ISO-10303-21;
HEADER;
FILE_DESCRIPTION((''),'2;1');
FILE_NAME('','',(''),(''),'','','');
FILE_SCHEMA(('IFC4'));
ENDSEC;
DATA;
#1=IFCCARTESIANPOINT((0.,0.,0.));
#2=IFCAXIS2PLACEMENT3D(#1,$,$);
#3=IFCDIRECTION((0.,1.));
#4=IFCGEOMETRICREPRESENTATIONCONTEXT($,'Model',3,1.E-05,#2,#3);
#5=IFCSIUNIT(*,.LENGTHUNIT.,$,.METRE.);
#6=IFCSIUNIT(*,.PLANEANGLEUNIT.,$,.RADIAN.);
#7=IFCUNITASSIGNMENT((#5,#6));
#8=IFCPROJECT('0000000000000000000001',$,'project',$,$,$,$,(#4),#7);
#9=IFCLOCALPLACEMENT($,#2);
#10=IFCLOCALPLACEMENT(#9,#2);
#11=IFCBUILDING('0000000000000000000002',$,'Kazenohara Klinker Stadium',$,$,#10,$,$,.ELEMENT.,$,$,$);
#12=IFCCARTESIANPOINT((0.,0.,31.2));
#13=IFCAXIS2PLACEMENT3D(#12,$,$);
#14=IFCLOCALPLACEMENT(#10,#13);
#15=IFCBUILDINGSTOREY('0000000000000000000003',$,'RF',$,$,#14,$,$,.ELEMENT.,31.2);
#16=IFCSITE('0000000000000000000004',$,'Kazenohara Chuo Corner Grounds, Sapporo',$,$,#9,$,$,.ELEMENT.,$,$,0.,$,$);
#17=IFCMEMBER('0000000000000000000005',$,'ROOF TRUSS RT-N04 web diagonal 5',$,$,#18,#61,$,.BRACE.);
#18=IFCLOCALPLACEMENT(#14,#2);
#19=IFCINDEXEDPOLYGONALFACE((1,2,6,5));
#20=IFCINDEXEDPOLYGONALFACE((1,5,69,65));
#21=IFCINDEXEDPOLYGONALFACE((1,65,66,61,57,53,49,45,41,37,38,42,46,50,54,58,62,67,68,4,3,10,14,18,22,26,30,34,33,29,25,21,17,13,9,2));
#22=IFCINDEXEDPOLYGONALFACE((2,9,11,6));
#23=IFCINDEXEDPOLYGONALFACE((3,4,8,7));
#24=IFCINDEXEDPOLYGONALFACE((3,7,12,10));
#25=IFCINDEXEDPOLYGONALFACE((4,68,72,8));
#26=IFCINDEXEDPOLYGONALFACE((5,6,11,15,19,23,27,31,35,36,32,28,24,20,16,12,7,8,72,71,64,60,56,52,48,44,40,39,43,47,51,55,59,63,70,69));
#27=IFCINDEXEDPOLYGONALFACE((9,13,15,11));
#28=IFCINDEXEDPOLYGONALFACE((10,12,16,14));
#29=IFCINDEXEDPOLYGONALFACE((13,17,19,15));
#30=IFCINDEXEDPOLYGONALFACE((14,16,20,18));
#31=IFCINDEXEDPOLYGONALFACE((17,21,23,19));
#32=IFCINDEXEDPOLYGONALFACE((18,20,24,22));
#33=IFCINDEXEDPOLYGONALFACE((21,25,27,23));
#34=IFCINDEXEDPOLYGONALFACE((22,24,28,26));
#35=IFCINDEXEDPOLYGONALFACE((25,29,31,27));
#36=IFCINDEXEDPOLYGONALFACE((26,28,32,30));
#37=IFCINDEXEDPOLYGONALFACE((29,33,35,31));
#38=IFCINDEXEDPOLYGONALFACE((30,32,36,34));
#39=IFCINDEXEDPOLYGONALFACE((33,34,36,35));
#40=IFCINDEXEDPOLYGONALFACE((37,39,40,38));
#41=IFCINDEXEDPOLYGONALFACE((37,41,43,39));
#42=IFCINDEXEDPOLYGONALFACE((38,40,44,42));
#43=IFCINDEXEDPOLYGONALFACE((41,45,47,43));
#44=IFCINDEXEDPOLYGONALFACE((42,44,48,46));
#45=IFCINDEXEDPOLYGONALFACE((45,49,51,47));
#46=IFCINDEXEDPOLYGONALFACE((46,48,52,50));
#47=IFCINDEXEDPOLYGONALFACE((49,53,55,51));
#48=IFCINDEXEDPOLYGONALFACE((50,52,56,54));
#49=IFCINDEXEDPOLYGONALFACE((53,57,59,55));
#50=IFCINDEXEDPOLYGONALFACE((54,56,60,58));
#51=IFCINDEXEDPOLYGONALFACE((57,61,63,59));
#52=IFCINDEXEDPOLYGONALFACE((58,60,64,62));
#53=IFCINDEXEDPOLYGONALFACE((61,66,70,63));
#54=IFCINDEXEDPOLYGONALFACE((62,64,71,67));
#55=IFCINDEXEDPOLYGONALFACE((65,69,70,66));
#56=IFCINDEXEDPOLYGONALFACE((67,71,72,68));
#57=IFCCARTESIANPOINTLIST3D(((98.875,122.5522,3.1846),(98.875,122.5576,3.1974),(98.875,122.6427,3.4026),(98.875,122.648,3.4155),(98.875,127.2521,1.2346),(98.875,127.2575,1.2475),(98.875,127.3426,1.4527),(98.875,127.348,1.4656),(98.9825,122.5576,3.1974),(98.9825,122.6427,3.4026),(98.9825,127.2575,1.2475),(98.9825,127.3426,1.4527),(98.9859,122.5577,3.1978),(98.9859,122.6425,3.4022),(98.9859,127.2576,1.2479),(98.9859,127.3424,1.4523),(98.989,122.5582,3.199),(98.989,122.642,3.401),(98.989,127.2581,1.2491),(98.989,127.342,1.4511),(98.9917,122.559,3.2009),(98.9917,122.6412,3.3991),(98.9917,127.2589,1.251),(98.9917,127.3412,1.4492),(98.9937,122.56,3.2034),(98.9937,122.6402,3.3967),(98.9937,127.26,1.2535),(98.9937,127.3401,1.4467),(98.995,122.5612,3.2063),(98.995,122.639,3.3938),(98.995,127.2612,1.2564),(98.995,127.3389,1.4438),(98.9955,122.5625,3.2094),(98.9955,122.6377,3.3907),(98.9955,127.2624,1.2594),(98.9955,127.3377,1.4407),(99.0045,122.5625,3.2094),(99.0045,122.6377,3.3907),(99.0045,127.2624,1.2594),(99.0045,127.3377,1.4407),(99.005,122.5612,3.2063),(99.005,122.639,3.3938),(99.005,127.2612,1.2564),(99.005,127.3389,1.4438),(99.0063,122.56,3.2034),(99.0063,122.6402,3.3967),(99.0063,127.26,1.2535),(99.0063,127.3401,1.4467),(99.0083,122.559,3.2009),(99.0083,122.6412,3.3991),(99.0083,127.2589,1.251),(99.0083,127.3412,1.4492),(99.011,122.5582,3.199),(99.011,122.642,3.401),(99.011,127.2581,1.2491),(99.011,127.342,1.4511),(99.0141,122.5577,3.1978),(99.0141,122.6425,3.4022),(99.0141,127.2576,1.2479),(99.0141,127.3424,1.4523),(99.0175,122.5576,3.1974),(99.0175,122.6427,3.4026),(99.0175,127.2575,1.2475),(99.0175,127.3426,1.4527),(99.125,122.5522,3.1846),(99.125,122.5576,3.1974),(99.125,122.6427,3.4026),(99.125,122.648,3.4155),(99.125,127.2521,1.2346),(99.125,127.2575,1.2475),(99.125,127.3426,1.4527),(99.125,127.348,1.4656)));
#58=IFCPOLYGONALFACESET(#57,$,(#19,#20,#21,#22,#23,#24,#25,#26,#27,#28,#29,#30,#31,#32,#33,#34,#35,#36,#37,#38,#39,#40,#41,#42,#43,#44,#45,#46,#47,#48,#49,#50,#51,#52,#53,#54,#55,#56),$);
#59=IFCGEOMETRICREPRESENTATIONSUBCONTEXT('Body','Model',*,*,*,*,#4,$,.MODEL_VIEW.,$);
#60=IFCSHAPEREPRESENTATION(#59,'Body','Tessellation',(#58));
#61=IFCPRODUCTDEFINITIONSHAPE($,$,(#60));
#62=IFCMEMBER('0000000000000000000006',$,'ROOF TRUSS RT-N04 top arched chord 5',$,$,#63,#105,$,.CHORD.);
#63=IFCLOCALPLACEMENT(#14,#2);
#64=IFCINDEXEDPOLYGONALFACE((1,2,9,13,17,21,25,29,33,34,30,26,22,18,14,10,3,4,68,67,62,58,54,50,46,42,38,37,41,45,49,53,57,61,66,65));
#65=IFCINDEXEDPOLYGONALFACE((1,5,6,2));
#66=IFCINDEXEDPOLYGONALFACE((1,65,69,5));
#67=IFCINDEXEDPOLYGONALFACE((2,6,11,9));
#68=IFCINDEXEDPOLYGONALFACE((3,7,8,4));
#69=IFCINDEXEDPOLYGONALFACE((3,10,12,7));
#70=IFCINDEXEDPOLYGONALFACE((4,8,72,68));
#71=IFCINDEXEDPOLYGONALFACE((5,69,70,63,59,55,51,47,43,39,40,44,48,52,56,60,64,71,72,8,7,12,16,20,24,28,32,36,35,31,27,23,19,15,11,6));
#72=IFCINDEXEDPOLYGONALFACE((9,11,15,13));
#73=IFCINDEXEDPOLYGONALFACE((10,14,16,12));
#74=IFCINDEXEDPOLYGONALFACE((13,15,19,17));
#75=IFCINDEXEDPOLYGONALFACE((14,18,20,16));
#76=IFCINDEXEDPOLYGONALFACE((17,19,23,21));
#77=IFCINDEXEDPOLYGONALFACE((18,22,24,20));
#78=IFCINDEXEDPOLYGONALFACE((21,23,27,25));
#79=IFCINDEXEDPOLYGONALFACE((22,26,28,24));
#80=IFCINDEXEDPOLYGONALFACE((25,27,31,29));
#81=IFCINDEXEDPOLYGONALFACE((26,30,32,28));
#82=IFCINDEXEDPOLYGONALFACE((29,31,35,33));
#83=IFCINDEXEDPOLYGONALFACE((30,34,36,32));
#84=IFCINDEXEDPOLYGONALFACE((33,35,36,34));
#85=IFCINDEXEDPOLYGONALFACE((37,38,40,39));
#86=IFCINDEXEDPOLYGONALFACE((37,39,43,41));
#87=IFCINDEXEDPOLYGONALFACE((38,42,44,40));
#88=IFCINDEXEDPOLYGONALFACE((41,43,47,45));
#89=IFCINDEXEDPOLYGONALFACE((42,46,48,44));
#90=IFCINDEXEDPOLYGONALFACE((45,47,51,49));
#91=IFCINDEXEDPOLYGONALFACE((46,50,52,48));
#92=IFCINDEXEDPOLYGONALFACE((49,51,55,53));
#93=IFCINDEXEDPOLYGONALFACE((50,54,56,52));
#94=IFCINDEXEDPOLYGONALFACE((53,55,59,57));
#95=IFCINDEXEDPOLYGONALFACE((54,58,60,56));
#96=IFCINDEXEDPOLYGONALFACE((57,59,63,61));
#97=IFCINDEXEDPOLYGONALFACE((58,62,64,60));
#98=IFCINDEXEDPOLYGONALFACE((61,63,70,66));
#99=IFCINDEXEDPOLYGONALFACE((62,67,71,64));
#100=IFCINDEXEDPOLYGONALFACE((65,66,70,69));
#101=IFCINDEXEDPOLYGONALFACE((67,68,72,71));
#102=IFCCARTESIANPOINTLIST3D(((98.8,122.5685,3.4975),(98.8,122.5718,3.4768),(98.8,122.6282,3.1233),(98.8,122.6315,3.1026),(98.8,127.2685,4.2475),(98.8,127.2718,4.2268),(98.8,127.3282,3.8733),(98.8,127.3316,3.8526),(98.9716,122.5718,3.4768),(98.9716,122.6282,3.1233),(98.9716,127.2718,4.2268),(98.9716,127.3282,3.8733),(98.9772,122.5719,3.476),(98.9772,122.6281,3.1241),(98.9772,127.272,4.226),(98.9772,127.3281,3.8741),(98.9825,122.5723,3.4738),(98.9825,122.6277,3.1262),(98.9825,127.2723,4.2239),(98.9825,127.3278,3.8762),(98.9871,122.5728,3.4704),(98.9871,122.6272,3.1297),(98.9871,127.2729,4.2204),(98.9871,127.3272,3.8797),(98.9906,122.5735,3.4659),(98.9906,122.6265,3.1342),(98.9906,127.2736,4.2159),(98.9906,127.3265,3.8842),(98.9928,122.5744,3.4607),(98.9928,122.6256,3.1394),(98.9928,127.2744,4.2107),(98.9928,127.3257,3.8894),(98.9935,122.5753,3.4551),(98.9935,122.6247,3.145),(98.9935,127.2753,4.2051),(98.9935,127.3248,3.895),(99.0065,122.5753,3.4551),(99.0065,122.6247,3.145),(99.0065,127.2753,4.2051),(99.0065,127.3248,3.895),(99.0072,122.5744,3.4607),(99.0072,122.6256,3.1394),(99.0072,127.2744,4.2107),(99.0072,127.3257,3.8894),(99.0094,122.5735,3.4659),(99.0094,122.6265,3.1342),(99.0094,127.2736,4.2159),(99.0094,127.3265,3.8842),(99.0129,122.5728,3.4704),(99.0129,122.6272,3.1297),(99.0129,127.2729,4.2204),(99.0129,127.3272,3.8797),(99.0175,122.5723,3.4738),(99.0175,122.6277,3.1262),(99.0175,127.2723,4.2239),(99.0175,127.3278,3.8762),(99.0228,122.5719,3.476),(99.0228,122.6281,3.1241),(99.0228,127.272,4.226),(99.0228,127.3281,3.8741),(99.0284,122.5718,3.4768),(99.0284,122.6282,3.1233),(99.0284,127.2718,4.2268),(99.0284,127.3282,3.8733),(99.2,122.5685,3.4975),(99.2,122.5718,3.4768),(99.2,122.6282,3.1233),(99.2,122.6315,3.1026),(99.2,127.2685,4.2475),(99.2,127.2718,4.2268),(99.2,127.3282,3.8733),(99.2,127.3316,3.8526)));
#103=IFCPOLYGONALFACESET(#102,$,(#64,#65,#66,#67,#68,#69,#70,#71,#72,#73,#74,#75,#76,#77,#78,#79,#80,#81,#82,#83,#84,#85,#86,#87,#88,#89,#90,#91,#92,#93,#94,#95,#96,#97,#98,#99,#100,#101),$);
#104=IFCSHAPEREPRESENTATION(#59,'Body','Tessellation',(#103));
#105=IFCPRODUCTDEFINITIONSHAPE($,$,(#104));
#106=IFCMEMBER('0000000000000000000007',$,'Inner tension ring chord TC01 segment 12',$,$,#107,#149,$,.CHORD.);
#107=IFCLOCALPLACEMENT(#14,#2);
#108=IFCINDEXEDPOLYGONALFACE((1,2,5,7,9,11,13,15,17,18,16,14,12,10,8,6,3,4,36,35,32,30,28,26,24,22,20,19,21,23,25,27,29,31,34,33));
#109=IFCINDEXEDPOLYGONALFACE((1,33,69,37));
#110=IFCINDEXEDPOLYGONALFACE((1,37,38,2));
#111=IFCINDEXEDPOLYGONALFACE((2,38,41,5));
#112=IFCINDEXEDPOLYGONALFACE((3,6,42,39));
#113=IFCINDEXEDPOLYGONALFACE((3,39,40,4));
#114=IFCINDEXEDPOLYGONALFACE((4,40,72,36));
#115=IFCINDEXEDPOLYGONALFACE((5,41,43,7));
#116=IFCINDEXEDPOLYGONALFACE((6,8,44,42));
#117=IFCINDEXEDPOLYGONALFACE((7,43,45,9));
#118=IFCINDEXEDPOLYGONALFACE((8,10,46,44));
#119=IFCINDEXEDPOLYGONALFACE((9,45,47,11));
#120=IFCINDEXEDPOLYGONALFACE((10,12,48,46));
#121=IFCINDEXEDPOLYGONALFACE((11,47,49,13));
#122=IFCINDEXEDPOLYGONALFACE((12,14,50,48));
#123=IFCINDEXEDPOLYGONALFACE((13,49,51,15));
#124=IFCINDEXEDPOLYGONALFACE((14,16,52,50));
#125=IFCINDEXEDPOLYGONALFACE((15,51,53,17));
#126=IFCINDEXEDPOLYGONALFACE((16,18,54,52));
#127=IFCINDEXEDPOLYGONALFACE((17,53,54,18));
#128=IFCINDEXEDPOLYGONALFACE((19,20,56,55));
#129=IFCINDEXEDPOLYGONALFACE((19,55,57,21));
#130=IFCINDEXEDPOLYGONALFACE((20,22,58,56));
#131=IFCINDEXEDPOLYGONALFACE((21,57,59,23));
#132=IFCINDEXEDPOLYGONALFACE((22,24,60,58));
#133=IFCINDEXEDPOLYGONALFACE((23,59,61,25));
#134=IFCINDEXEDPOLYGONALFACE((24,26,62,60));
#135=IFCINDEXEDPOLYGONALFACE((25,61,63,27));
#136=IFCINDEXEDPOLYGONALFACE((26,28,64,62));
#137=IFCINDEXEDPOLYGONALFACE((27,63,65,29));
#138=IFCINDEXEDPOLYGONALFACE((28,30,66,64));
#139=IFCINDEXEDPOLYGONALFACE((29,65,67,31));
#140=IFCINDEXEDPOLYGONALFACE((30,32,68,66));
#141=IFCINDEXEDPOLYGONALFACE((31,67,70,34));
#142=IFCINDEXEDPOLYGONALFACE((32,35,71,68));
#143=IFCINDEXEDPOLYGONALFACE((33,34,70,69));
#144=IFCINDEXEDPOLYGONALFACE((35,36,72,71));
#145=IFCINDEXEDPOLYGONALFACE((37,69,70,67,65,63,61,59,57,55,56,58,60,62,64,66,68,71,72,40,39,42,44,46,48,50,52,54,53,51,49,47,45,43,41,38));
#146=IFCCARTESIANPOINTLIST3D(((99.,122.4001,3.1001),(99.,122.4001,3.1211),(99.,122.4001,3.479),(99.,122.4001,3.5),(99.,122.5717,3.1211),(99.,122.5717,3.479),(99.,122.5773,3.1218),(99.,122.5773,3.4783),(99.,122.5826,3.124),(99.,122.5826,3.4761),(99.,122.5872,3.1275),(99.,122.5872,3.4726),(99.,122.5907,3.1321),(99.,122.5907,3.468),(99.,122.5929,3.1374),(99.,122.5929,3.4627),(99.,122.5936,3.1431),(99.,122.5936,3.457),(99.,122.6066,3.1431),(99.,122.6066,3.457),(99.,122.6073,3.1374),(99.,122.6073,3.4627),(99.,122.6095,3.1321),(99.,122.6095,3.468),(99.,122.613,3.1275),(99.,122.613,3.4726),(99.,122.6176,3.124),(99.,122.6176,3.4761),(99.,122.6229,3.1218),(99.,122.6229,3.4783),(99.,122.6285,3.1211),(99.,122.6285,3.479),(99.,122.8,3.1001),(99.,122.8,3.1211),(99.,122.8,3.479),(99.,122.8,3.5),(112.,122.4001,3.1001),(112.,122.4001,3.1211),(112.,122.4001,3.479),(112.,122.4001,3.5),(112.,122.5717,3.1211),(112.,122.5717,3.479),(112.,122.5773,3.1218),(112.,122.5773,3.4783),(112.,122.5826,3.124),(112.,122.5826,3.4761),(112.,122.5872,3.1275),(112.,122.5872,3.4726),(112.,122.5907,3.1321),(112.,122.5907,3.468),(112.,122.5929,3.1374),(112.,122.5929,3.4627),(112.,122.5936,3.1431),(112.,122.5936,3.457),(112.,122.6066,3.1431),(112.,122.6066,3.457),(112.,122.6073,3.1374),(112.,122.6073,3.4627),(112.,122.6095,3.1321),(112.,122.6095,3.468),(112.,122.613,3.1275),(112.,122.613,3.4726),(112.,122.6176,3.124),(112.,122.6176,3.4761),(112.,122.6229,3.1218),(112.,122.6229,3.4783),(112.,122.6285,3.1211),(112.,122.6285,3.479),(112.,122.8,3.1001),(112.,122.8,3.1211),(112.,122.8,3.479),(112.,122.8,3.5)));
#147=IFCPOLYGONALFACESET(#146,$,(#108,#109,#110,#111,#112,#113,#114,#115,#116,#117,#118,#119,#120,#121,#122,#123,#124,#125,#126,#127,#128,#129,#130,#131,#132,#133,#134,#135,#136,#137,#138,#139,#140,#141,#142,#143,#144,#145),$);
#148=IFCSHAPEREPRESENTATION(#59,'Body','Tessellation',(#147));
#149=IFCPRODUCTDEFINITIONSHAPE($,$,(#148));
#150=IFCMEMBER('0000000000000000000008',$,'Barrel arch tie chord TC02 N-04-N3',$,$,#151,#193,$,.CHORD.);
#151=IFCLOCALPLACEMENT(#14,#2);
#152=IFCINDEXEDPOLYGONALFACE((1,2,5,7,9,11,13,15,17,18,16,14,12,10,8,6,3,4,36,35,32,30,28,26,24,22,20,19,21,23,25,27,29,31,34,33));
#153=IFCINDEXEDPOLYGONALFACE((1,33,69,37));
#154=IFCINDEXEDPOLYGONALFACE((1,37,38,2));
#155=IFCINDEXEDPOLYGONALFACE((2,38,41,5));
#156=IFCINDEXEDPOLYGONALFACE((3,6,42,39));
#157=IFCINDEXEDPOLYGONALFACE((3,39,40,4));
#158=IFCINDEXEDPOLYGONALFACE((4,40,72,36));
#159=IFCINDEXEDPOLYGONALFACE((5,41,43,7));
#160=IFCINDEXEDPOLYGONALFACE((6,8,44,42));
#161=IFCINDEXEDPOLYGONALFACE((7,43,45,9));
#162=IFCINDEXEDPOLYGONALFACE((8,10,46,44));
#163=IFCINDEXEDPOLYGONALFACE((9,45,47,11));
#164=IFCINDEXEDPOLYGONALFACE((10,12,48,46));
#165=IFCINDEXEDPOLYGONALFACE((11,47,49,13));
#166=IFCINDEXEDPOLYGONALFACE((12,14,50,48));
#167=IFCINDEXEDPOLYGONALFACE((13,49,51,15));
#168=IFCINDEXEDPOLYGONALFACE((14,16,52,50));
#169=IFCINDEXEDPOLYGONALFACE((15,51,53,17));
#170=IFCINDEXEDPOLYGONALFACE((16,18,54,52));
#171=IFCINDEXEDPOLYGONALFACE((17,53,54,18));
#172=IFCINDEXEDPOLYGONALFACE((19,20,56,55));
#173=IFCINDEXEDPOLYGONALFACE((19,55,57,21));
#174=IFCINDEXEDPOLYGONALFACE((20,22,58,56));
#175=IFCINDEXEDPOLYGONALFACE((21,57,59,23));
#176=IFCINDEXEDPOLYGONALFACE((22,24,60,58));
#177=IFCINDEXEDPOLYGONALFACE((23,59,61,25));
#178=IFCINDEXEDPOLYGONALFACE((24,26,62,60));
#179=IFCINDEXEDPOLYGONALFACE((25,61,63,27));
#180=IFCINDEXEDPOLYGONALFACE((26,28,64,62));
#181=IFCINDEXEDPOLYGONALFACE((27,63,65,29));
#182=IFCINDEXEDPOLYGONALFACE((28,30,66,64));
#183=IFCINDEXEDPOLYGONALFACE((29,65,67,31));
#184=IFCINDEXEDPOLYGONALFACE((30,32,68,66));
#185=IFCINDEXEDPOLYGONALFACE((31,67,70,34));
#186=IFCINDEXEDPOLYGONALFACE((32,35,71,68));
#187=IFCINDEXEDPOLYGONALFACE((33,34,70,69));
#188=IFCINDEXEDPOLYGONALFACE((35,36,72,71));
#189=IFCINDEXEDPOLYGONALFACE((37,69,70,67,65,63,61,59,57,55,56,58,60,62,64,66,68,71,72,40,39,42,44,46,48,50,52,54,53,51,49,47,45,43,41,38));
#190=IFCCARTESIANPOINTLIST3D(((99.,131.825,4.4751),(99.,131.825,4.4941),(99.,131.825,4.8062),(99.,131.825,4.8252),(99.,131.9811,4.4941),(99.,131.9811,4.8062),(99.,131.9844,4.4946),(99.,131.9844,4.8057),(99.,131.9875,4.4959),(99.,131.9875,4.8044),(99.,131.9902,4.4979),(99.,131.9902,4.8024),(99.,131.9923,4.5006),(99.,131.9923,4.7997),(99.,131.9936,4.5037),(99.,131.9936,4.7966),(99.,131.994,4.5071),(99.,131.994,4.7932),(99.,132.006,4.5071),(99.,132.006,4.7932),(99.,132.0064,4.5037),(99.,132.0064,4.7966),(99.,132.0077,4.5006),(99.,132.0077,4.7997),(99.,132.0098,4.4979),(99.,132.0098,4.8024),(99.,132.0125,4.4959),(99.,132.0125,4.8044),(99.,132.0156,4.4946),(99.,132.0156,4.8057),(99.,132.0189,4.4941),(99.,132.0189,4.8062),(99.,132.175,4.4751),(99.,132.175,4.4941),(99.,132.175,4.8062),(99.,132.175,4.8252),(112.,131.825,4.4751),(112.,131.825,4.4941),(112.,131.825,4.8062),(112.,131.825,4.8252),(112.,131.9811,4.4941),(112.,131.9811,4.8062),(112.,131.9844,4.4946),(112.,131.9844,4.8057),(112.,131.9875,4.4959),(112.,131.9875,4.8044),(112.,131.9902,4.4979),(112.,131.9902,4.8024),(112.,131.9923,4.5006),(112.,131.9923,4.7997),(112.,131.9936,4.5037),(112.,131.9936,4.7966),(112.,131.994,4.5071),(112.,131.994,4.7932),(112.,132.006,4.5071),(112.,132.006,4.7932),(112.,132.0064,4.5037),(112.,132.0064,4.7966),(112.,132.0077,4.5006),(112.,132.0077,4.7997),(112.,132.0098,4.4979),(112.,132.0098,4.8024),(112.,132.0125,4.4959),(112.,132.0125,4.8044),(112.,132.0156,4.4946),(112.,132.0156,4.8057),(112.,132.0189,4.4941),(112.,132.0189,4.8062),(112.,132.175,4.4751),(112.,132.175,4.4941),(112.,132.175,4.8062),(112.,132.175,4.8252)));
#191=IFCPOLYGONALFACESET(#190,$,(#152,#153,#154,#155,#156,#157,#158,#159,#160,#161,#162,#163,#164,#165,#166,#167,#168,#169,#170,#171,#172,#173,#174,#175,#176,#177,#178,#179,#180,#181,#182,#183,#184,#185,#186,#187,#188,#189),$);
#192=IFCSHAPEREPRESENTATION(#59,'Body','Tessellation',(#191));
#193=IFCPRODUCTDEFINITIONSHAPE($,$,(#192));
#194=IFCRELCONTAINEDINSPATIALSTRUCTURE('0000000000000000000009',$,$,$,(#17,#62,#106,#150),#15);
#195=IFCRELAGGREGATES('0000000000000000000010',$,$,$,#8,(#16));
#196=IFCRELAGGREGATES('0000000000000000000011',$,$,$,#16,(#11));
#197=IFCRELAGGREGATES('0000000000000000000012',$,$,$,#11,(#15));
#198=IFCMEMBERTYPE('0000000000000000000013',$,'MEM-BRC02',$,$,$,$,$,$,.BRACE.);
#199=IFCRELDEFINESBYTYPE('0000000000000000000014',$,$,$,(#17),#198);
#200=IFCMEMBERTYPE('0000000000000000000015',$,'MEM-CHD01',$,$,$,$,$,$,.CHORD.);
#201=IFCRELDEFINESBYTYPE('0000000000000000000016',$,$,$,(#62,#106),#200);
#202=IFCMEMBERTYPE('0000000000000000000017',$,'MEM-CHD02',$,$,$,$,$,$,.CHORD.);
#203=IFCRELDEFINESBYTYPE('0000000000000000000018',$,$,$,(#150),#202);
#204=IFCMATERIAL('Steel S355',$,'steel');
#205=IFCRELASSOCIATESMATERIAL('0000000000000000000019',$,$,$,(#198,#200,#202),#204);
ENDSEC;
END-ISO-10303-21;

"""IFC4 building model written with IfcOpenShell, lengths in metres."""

from ifc_helpers import new_model, si_unit, direction, frame, origin, origin_2d, place, context, subcontext, project, spatial, i_section, extrude, material, material_profile, profile_set, type_object, element, save


model = new_model("IFC4")

# Units and contexts
model_context = context("Model", 3, precision=1e-05, world=origin(), true_north=direction((0.0, 1.0)))
body_context = subcontext(model_context, "Body", "Model", "MODEL_VIEW")
ifc_project = project(units=[si_unit("LENGTHUNIT", "METRE"), si_unit("PLANEANGLEUNIT", "RADIAN")], contexts=[model_context])

# Site, building, storey
site_placement = place(None, origin())
site = spatial("IfcSite", under=ifc_project, at=site_placement, Name="Kazenohara Chuo Corner Grounds, Sapporo", CompositionType="ELEMENT", RefElevation=0.0)
building_placement = place(site_placement, origin())
building = spatial("IfcBuilding", under=site, at=building_placement, Name="Kazenohara Klinker Stadium", CompositionType="ELEMENT")
storey_placement = place(building_placement, frame((0.0, 0.0, 31.2)))
storey = spatial("IfcBuildingStorey", under=building, at=storey_placement, Name="RF", CompositionType="ELEMENT", Elevation=31.2)

# Members
ifc_material_1 = material(Name="Steel S355", Category="steel")
ifc_material_profile_1 = material_profile(ifc_material_1, i_section(OverallWidth=0.25, OverallDepth=0.25, WebThickness=0.009, FlangeThickness=0.0139, FilletRadius=0.0129, at=origin_2d()), Name="H-250x250x9x14")
ifc_profile_set_1 = profile_set([ifc_material_profile_1], Name="Steel S355")
member_type_1 = type_object("IfcMemberType", Name="MEM-BRC02", PredefinedType="BRACE", material=ifc_profile_set_1)
member_1_placement = place(storey_placement, frame((99.0, 127.3, 1.3501), z_axis=(0.0, -0.923659, 0.383215), x_axis=(1.0, 0.0, 0.0)))
element("IfcMember", 1, at=member_1_placement, inside=storey, type_object=member_type_1, Name="ROOF TRUSS RT-N04 web diagonal 5", PredefinedType="BRACE", context=body_context, shape_type="SweptSolid", body=[
    extrude(i_section(OverallWidth=0.25, OverallDepth=0.25, WebThickness=0.009, FlangeThickness=0.0139, FilletRadius=0.0129, at=origin_2d()), origin(), (0.0, 0.0, 1.0), 5.0884),
])
ifc_material_profile_2 = material_profile(ifc_material_1, i_section(OverallWidth=0.3999, OverallDepth=0.3999, WebThickness=0.0129, FlangeThickness=0.021, FilletRadius=0.022, at=origin_2d()), Name="H-400x400x13x21")
ifc_profile_set_2 = profile_set([ifc_material_profile_2], Name="Steel S355")
member_type_2 = type_object("IfcMemberType", Name="MEM-CHD01", PredefinedType="CHORD", material=ifc_profile_set_2)
member_2_placement = place(storey_placement, frame((99.0, 127.3, 4.05), z_axis=(0.0, -0.987506, -0.157582), x_axis=(1.0, 0.0, 0.0)))
element("IfcMember", 2, at=member_2_placement, inside=storey, type_object=member_type_2, Name="ROOF TRUSS RT-N04 top arched chord 5", PredefinedType="CHORD", context=body_context, shape_type="SweptSolid", body=[
    extrude(i_section(OverallWidth=0.3999, OverallDepth=0.3999, WebThickness=0.0129, FlangeThickness=0.021, FilletRadius=0.022, at=origin_2d()), origin(), (0.0, 0.0, 1.0), 4.7595),
])
member_3_placement = place(storey_placement, frame((99.0, 122.6001, 3.3), z_axis=(1.0, 0.0, 0.0), x_axis=(0.0, 1.0, 0.0)))
element("IfcMember", 3, at=member_3_placement, inside=storey, type_object=member_type_2, Name="Inner tension ring chord TC01 segment 12", PredefinedType="CHORD", context=body_context, shape_type="SweptSolid", body=[
    extrude(i_section(OverallWidth=0.3999, OverallDepth=0.3999, WebThickness=0.0129, FlangeThickness=0.021, FilletRadius=0.022, at=origin_2d()), origin(), (0.0, 0.0, 1.0), 13.0),
])
ifc_material_profile_3 = material_profile(ifc_material_1, i_section(OverallWidth=0.3501, OverallDepth=0.3501, WebThickness=0.012, FlangeThickness=0.019, FilletRadius=0.0129, at=origin_2d()), Name="H-350x350x12x19")
ifc_profile_set_3 = profile_set([ifc_material_profile_3], Name="Steel S355")
member_type_3 = type_object("IfcMemberType", Name="MEM-CHD02", PredefinedType="CHORD", material=ifc_profile_set_3)
member_4_placement = place(storey_placement, frame((99.0, 132.0, 4.6501), z_axis=(1.0, 0.0, 0.0), x_axis=(0.0, 1.0, 0.0)))
element("IfcMember", 4, at=member_4_placement, inside=storey, type_object=member_type_3, Name="Barrel arch tie chord TC02 N-04-N3", PredefinedType="CHORD", context=body_context, shape_type="SweptSolid", body=[
    extrude(i_section(OverallWidth=0.3501, OverallDepth=0.3501, WebThickness=0.012, FlangeThickness=0.019, FilletRadius=0.0129, at=origin_2d()), origin(), (0.0, 0.0, 1.0), 13.0),
])

save(model, "model.ifc")
